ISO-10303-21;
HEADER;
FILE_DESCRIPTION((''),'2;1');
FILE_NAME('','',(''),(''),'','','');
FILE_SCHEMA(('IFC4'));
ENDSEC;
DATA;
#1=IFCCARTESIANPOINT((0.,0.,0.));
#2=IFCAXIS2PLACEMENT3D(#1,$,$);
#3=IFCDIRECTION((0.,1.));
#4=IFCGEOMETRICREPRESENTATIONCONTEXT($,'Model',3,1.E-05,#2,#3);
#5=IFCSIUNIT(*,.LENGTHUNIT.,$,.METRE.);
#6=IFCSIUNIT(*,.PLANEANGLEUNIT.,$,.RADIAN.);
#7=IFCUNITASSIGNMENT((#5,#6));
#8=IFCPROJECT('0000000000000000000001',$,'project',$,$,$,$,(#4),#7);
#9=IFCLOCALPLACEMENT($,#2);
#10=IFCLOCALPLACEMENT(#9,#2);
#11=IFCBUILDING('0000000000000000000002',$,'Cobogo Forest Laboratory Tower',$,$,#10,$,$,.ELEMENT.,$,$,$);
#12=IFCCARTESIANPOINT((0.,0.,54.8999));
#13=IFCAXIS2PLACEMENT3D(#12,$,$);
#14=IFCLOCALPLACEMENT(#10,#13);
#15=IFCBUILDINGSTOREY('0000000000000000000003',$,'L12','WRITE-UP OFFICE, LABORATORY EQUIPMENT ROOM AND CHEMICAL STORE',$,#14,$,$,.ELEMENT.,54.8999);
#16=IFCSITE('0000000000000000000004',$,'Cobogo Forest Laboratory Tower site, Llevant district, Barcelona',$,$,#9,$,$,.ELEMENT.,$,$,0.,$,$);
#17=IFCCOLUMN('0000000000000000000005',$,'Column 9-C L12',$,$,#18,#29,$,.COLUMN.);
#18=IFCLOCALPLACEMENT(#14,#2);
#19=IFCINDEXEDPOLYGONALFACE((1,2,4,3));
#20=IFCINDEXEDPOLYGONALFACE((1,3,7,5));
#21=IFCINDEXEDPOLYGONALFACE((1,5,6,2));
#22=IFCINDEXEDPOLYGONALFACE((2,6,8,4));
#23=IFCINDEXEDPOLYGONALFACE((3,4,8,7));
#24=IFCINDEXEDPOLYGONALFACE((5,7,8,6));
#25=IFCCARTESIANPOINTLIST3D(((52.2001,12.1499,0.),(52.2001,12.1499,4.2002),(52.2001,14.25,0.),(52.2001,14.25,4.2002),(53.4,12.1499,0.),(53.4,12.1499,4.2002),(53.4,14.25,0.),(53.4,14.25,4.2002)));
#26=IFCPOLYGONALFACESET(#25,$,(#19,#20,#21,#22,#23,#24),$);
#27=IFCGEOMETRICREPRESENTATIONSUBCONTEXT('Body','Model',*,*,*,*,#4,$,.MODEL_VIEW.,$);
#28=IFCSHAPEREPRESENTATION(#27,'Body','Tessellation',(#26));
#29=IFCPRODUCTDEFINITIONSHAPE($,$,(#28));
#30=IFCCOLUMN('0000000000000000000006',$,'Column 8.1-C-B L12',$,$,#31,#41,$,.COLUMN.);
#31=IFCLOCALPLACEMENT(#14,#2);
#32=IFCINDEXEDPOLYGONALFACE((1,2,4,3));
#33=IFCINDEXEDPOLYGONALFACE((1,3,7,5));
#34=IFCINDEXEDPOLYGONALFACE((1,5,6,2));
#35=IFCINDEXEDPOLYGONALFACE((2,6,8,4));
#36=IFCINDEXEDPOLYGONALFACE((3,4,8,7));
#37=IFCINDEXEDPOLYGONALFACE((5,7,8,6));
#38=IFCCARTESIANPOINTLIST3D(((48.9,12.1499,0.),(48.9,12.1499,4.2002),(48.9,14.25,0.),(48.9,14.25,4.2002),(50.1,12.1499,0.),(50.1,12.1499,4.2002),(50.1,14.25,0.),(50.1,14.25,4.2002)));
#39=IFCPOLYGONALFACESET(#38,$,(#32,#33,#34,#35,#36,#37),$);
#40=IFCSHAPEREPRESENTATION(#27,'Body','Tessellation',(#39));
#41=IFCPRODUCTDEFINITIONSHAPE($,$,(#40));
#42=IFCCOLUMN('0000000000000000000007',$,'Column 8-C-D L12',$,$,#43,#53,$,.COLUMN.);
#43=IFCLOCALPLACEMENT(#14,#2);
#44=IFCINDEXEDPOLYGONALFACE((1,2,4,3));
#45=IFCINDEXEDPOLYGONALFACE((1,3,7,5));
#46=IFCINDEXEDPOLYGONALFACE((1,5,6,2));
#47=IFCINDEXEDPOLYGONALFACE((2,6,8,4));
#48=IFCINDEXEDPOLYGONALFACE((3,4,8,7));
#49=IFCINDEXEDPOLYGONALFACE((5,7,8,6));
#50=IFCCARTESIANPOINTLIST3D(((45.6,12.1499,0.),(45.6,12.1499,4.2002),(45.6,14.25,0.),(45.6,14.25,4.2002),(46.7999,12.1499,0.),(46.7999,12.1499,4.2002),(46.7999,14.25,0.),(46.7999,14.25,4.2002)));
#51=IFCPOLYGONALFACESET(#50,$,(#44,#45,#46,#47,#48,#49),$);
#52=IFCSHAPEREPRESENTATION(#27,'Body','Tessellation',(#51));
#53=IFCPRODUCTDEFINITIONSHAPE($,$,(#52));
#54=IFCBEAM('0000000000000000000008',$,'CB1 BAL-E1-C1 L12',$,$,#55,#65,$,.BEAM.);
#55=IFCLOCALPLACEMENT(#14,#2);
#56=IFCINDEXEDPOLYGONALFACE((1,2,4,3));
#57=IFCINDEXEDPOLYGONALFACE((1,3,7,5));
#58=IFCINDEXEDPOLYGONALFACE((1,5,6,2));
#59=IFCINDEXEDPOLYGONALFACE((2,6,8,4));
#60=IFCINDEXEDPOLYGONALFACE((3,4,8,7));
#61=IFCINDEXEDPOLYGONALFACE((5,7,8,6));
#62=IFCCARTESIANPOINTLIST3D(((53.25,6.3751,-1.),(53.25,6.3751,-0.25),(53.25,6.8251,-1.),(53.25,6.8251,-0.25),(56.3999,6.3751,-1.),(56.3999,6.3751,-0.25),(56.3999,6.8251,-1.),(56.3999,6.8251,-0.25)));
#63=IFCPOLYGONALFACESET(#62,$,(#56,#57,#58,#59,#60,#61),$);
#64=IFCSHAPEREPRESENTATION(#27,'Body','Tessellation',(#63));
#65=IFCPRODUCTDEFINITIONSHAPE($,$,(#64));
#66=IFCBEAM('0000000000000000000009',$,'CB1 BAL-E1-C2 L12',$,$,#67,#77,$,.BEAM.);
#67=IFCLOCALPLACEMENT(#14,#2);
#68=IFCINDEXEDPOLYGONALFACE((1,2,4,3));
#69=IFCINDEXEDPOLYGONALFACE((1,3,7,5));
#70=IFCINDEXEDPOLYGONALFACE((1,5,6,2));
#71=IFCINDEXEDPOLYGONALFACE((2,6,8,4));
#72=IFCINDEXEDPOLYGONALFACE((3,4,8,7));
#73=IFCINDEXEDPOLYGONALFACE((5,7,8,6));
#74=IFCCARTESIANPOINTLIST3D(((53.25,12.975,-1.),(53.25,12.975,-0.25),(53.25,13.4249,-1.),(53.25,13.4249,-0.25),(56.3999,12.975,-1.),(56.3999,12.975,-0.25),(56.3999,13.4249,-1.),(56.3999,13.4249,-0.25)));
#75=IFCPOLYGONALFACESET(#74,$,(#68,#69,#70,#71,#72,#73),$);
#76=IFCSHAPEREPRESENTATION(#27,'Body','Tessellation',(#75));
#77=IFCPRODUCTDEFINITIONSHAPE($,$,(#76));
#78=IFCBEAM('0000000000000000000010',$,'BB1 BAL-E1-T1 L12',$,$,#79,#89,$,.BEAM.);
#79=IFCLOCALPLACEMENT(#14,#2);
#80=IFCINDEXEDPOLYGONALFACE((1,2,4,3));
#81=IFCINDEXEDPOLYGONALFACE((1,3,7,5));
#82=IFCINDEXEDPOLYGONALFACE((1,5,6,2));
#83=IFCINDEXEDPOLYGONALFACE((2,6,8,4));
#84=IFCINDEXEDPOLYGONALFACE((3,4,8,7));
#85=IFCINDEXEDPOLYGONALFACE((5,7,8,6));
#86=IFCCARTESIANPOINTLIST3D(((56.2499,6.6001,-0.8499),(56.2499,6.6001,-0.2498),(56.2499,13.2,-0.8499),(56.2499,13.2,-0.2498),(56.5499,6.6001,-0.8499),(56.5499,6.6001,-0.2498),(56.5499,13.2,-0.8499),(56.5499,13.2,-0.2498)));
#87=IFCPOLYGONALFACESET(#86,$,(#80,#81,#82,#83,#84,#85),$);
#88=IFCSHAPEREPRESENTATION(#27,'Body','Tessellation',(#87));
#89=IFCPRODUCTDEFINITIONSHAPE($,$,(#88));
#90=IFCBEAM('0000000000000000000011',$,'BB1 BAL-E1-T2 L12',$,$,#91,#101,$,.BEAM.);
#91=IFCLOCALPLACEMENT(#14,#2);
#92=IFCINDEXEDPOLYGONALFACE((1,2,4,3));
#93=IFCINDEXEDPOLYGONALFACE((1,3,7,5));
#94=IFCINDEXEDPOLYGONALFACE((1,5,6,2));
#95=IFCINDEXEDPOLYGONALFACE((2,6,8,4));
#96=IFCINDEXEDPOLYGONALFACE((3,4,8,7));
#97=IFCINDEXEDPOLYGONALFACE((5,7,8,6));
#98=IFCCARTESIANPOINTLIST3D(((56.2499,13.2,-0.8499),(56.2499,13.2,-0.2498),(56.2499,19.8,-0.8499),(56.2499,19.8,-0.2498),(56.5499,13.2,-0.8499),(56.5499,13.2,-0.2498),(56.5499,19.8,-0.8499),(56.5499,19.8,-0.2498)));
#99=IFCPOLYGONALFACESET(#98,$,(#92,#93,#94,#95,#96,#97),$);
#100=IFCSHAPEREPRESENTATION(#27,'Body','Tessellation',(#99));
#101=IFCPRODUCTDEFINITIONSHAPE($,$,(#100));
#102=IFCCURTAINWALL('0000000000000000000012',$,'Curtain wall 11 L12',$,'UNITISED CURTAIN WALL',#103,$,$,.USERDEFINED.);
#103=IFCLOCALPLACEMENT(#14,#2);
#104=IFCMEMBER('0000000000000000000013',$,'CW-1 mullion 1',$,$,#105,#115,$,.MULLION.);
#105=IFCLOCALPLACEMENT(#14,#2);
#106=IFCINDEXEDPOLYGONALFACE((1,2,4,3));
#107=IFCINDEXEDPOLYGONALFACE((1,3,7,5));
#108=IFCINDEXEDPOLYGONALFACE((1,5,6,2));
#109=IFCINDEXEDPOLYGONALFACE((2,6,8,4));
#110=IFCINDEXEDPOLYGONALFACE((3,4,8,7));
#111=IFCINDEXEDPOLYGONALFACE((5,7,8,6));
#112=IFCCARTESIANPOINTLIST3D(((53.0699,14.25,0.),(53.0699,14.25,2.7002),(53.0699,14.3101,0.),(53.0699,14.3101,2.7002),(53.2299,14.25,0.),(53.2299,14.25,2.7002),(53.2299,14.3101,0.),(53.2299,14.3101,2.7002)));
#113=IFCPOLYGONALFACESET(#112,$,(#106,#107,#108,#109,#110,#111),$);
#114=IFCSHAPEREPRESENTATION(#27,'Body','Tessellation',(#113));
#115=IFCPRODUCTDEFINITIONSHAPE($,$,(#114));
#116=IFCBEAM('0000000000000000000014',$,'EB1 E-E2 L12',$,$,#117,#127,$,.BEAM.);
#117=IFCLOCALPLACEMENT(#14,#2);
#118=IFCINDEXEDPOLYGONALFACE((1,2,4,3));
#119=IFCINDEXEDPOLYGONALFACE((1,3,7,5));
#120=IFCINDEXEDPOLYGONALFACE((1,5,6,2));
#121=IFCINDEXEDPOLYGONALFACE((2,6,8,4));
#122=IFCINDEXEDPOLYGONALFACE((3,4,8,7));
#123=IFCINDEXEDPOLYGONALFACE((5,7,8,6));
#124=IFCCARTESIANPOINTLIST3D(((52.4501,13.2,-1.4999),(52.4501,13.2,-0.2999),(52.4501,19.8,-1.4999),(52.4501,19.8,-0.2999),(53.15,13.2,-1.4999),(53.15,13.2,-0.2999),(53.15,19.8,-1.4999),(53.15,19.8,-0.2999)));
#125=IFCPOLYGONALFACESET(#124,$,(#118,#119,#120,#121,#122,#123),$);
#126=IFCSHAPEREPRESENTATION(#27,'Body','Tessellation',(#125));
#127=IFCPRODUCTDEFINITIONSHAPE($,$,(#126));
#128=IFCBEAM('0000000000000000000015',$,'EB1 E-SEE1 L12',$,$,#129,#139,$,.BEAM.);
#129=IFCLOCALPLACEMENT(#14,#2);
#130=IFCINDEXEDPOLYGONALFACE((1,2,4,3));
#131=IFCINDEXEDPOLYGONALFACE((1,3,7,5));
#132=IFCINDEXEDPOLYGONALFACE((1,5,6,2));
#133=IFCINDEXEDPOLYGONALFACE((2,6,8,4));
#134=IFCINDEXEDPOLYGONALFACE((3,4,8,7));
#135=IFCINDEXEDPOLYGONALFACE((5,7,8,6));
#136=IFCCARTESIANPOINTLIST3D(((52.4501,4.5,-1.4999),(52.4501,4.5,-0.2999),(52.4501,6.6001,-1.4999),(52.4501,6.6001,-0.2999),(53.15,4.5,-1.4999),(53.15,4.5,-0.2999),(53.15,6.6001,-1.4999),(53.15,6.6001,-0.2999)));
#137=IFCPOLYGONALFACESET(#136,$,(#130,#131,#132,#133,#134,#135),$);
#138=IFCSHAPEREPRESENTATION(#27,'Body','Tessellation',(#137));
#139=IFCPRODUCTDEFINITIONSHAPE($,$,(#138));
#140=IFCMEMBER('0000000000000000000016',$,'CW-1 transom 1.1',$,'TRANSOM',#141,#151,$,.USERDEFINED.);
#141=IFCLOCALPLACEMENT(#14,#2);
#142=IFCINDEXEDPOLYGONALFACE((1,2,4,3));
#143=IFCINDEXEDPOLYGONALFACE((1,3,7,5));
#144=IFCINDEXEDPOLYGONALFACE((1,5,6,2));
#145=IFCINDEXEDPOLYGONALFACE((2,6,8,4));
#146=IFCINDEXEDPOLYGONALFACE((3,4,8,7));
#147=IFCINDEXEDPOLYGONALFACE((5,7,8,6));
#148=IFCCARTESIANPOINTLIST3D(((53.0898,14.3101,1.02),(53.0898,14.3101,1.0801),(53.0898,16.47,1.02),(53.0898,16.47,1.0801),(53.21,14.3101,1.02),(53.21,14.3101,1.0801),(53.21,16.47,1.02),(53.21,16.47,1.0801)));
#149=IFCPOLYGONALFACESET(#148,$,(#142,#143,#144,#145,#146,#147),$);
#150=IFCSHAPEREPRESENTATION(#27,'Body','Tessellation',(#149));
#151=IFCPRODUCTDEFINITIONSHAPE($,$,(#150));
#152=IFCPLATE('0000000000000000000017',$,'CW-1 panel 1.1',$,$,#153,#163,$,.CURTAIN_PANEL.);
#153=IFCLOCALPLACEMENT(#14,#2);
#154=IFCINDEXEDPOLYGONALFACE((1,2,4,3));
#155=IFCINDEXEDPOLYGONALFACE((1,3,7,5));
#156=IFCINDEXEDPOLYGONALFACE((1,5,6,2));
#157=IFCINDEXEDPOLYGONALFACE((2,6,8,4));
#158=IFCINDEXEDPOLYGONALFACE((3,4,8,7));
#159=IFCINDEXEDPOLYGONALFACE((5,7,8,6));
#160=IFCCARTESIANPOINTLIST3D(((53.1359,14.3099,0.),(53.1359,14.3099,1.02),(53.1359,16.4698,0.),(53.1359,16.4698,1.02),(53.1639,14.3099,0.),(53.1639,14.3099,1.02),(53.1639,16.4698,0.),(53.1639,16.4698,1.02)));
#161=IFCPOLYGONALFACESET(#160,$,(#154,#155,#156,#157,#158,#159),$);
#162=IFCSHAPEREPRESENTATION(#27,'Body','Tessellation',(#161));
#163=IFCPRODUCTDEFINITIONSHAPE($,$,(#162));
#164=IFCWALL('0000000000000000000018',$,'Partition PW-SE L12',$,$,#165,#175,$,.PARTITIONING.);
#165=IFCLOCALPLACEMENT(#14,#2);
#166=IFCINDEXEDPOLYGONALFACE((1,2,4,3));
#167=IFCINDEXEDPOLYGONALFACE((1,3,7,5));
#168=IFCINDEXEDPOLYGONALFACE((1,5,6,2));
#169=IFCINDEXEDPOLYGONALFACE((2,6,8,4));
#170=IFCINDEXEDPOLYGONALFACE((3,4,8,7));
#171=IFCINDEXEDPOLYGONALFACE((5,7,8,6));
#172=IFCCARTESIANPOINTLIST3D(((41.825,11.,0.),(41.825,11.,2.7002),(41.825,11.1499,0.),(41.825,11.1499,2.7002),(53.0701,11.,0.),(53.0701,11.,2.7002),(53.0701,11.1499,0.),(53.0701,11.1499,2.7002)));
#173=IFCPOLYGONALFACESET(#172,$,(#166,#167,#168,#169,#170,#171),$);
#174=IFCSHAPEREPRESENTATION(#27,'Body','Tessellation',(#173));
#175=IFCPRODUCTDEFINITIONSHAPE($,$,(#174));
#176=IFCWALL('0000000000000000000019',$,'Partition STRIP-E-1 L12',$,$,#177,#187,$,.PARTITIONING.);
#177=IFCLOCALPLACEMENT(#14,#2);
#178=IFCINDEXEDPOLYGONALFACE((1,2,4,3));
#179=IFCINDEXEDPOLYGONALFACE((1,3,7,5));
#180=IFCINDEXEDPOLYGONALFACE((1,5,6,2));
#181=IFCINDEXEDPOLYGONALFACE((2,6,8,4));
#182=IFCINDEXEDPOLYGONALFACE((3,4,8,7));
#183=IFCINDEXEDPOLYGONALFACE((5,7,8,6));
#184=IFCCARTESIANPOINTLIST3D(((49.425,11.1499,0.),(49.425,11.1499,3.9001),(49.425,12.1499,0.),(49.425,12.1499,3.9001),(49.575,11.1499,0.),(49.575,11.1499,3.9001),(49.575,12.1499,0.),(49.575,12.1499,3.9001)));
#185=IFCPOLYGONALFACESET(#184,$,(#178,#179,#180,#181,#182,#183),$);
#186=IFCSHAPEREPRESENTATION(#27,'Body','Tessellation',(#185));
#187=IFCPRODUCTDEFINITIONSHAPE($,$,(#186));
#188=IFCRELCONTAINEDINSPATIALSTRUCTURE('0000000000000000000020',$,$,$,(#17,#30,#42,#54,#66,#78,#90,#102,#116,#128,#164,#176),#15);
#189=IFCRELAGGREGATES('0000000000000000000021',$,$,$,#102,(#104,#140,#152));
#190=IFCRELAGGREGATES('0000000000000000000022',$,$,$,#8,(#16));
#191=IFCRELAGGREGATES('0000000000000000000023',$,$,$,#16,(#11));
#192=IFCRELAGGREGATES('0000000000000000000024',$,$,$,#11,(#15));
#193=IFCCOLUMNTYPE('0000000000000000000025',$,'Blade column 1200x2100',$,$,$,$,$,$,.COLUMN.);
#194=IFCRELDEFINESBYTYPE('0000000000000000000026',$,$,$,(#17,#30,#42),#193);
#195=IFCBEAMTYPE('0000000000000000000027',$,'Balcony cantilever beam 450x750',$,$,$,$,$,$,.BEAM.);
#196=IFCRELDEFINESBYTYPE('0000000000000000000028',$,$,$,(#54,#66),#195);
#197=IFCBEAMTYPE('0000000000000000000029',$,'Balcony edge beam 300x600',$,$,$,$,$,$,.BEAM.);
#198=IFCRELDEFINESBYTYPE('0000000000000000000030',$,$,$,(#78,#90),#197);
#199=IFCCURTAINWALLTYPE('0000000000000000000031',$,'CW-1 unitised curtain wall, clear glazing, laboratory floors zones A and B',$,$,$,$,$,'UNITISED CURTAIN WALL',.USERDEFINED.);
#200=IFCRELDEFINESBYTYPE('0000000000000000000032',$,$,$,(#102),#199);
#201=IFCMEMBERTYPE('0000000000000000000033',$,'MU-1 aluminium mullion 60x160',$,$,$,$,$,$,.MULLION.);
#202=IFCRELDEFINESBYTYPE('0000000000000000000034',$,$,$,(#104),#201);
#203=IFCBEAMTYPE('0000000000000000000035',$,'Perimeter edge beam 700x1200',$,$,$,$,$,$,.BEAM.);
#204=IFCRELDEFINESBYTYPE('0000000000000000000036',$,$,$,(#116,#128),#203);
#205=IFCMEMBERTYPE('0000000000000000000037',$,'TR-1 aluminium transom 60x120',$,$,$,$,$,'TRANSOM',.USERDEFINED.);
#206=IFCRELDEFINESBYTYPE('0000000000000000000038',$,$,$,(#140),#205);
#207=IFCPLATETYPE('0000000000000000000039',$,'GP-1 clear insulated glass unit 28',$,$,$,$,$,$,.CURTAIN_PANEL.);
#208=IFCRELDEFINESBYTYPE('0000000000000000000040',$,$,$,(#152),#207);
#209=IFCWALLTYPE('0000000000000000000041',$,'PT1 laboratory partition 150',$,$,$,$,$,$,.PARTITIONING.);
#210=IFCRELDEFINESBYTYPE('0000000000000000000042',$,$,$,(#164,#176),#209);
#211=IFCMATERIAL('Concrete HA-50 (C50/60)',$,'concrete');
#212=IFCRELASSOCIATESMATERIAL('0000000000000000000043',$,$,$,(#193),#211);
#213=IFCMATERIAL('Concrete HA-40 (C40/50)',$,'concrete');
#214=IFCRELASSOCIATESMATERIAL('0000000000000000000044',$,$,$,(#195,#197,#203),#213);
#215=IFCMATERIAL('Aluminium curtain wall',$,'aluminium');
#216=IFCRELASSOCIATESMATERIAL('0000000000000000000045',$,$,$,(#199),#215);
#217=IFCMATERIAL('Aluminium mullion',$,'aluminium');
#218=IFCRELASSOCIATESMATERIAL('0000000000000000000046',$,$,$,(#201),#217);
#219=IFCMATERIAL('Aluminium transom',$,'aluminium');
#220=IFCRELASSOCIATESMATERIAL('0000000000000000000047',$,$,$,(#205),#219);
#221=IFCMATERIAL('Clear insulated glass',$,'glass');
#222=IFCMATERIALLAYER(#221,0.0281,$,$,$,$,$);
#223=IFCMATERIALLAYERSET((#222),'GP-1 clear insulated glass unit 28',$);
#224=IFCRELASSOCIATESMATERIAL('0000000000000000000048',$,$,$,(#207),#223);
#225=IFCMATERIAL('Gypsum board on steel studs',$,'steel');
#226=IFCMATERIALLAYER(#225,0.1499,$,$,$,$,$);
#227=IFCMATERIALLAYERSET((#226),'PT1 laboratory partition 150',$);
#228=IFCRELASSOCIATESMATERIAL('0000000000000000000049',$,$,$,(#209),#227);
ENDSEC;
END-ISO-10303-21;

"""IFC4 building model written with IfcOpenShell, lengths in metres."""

from ifc_helpers import new_model, si_unit, direction, frame, frame_2d, origin, origin_2d, place, context, subcontext, project, spatial, rectangle, extrude, material, layer, layer_set, material_profile, profile_set, type_object, element, aggregate, save


model = new_model("IFC4")

# Units and contexts
model_context = context("Model", 3, precision=1e-05, world=origin(), true_north=direction((0.0, 1.0)))
body_context = subcontext(model_context, "Body", "Model", "MODEL_VIEW")
ifc_project = project(units=[si_unit("LENGTHUNIT", "METRE"), si_unit("PLANEANGLEUNIT", "RADIAN")], contexts=[model_context])

# Site, building, storey
site_placement = place(None, origin())
site = spatial("IfcSite", under=ifc_project, at=site_placement, Name="Cobogo Forest Laboratory Tower site, Llevant district, Barcelona", CompositionType="ELEMENT", RefElevation=0.0)
building_placement = place(site_placement, origin())
building = spatial("IfcBuilding", under=site, at=building_placement, Name="Cobogo Forest Laboratory Tower", CompositionType="ELEMENT")
storey_placement = place(building_placement, frame((0.0, 0.0, 54.8999)))
storey = spatial("IfcBuildingStorey", under=building, at=storey_placement, Name="L12", Description="WRITE-UP OFFICE, LABORATORY EQUIPMENT ROOM AND CHEMICAL STORE", CompositionType="ELEMENT", Elevation=54.8999)

# Columns
ifc_material_1 = material(Name="Concrete HA-50 (C50/60)", Category="concrete")
ifc_material_profile_1 = material_profile(ifc_material_1, rectangle(XDim=2.1001, YDim=1.2, at=origin_2d()), Name="RC 1200x2100")
ifc_profile_set_1 = profile_set([ifc_material_profile_1], Name="Concrete HA-50 (C50/60)")
column_type = type_object("IfcColumnType", Name="Blade column 1200x2100", PredefinedType="COLUMN", material=ifc_profile_set_1)
for number, where, z_axis, x_axis, name in (
    (1, (52.8, 13.2, 0.0), (0.0, 0.0, 1.0), (0.0, 1.0, 0.0), "Column 9-C L12"),
    (2, (49.5, 13.2, 0.0), (0.0, 0.0, 1.0), (0.0, 1.0, 0.0), "Column 8.1-C-B L12"),
    (3, (46.2, 13.2, 0.0), (0.0, 0.0, 1.0), (0.0, 1.0, 0.0), "Column 8-C-D L12"),
):
    element("IfcColumn", number, at=place(storey_placement, frame(where, z_axis=z_axis, x_axis=x_axis)), inside=storey, type_object=column_type, Name=name, PredefinedType="COLUMN", context=body_context, shape_type="SweptSolid", body=[
        extrude(rectangle(XDim=2.1001, YDim=1.2, at=origin_2d()), origin(), (0.0, 0.0, 1.0), 4.2002),
    ])

# Beams
ifc_material_2 = material(Name="Concrete HA-40 (C40/50)", Category="concrete")
ifc_material_profile_2 = material_profile(ifc_material_2, rectangle(XDim=0.45, YDim=0.75, at=origin_2d()), Name="RC 450x750")
ifc_profile_set_2 = profile_set([ifc_material_profile_2], Name="Concrete HA-40 (C40/50)")
beam_type_1 = type_object("IfcBeamType", Name="Balcony cantilever beam 450x750", PredefinedType="BEAM", material=ifc_profile_set_2)
for number, where, z_axis, x_axis, name in (
    (4, (53.25, 6.6001, -0.625), (1.0, 0.0, 0.0), (0.0, 1.0, 0.0), "CB1 BAL-E1-C1 L12"),
    (5, (53.25, 13.2, -0.625), (1.0, 0.0, 0.0), (0.0, 1.0, 0.0), "CB1 BAL-E1-C2 L12"),
):
    element("IfcBeam", number, at=place(storey_placement, frame(where, z_axis=z_axis, x_axis=x_axis)), inside=storey, type_object=beam_type_1, Name=name, PredefinedType="BEAM", context=body_context, shape_type="SweptSolid", body=[
        extrude(rectangle(XDim=0.45, YDim=0.75, at=origin_2d()), origin(), (0.0, 0.0, 1.0), 3.1499),
    ])
ifc_material_profile_3 = material_profile(ifc_material_2, rectangle(XDim=0.3, YDim=0.6001, at=origin_2d()), Name="RC 300x600")
ifc_profile_set_3 = profile_set([ifc_material_profile_3], Name="Concrete HA-40 (C40/50)")
beam_type_2 = type_object("IfcBeamType", Name="Balcony edge beam 300x600", PredefinedType="BEAM", material=ifc_profile_set_3)
beam_1_placement = place(storey_placement, frame((56.3999, 6.6001, -0.5498), z_axis=(0.0, 1.0, 0.0), x_axis=(-1.0, 0.0, 0.0)))
element("IfcBeam", 6, at=beam_1_placement, inside=storey, type_object=beam_type_2, Name="BB1 BAL-E1-T1 L12", PredefinedType="BEAM", context=body_context, shape_type="SweptSolid", body=[
    extrude(rectangle(XDim=0.3, YDim=0.6001, at=origin_2d()), origin(), (0.0, 0.0, 1.0), 6.5999),
])
beam_2_placement = place(storey_placement, frame((56.3999, 13.2, -0.5498), z_axis=(0.0, 1.0, 0.0), x_axis=(-1.0, 0.0, 0.0)))
element("IfcBeam", 7, at=beam_2_placement, inside=storey, type_object=beam_type_2, Name="BB1 BAL-E1-T2 L12", PredefinedType="BEAM", context=body_context, shape_type="SweptSolid", body=[
    extrude(rectangle(XDim=0.3, YDim=0.6001, at=origin_2d()), origin(), (0.0, 0.0, 1.0), 6.6001),
])

# Curtain wall, member
ifc_material_3 = material(Name="Aluminium curtain wall", Category="aluminium")
curtain_wall_type = type_object("IfcCurtainWallType", Name="CW-1 unitised curtain wall, clear glazing, laboratory floors zones A and B", ElementType="UNITISED CURTAIN WALL", PredefinedType="USERDEFINED", material=ifc_material_3)
curtain_wall_placement = place(storey_placement, origin())
curtain_wall = element("IfcCurtainWall", 8, at=curtain_wall_placement, inside=storey, type_object=curtain_wall_type, Name="Curtain wall 11 L12", ObjectType="UNITISED CURTAIN WALL", PredefinedType="USERDEFINED")
ifc_material_4 = material(Name="Aluminium mullion", Category="aluminium")
ifc_material_profile_4 = material_profile(ifc_material_4, rectangle(XDim=0.0601, YDim=0.1599, at=origin_2d()), Name="AL 60x160")
ifc_profile_set_4 = profile_set([ifc_material_profile_4], Name="Aluminium mullion")
member_type_1 = type_object("IfcMemberType", Name="MU-1 aluminium mullion 60x160", PredefinedType="MULLION", material=ifc_profile_set_4)
member_1_placement = place(storey_placement, frame((53.1499, 14.28, 0.0), z_axis=(0.0, 0.0, 1.0), x_axis=(0.0, 1.0, 0.0)))
member_1 = element("IfcMember", 9, at=member_1_placement, type_object=member_type_1, Name="CW-1 mullion 1", PredefinedType="MULLION", context=body_context, shape_type="SweptSolid", body=[
    extrude(rectangle(XDim=0.0601, YDim=0.1599, at=origin_2d()), origin(), (0.0, 0.0, 1.0), 2.7002),
])

# Beams
ifc_material_profile_5 = material_profile(ifc_material_2, rectangle(XDim=0.7, YDim=1.2, at=origin_2d()), Name="RC 700x1200")
ifc_profile_set_5 = profile_set([ifc_material_profile_5], Name="Concrete HA-40 (C40/50)")
beam_type_3 = type_object("IfcBeamType", Name="Perimeter edge beam 700x1200", PredefinedType="BEAM", material=ifc_profile_set_5)
beam_3_placement = place(storey_placement, frame((52.8, 13.2, -0.8999), z_axis=(0.0, 1.0, 0.0), x_axis=(-1.0, 0.0, 0.0)))
element("IfcBeam", 10, at=beam_3_placement, inside=storey, type_object=beam_type_3, Name="EB1 E-E2 L12", PredefinedType="BEAM", context=body_context, shape_type="SweptSolid", body=[
    extrude(rectangle(XDim=0.7, YDim=1.2, at=origin_2d()), origin(), (0.0, 0.0, 1.0), 6.6001),
])
beam_4_placement = place(storey_placement, frame((52.8, 6.6001, -0.8999), z_axis=(0.0, -1.0, 0.0), x_axis=(1.0, 0.0, 0.0)))
element("IfcBeam", 11, at=beam_4_placement, inside=storey, type_object=beam_type_3, Name="EB1 E-SEE1 L12", PredefinedType="BEAM", context=body_context, shape_type="SweptSolid", body=[
    extrude(rectangle(XDim=0.7, YDim=1.2, at=origin_2d()), origin(), (0.0, 0.0, 1.0), 2.1001),
])

# Member
ifc_material_5 = material(Name="Aluminium transom", Category="aluminium")
ifc_material_profile_6 = material_profile(ifc_material_5, rectangle(XDim=0.1201, YDim=0.0601, at=origin_2d()), Name="AL 60x120")
ifc_profile_set_6 = profile_set([ifc_material_profile_6], Name="Aluminium transom")
member_type_2 = type_object("IfcMemberType", Name="TR-1 aluminium transom 60x120", ElementType="TRANSOM", PredefinedType="USERDEFINED", material=ifc_profile_set_6)
member_2_placement = place(storey_placement, frame((53.1499, 14.3101, 1.05), z_axis=(0.0, 1.0, 0.0), x_axis=(-1.0, 0.0, 0.0)))
member_2 = element("IfcMember", 12, at=member_2_placement, type_object=member_type_2, Name="CW-1 transom 1.1", ObjectType="TRANSOM", PredefinedType="USERDEFINED", context=body_context, shape_type="SweptSolid", body=[
    extrude(rectangle(XDim=0.1201, YDim=0.0601, at=origin_2d()), origin(), (0.0, 0.0, 1.0), 2.1599),
])

# Plate
ifc_material_6 = material(Name="Clear insulated glass", Category="glass")
ifc_layer_1 = layer(ifc_material_6, 0.0281)
ifc_layer_set_1 = layer_set([ifc_layer_1], Name="GP-1 clear insulated glass unit 28")
plate_type = type_object("IfcPlateType", Name="GP-1 clear insulated glass unit 28", PredefinedType="CURTAIN_PANEL", material=ifc_layer_set_1)
plate_placement = place(storey_placement, frame((53.1499, 15.3899, 0.0), z_axis=(0.0, 0.0, 1.0), x_axis=(0.0, 1.0, 0.0)))
plate = element("IfcPlate", 13, at=plate_placement, type_object=plate_type, Name="CW-1 panel 1.1", PredefinedType="CURTAIN_PANEL", context=body_context, shape_type="SweptSolid", body=[
    extrude(rectangle(XDim=2.1599, YDim=0.0281, at=origin_2d()), origin(), (0.0, 0.0, 1.0), 1.02),
])
aggregate(curtain_wall, [member_1, member_2, plate])

# Walls
ifc_material_7 = material(Name="Gypsum board on steel studs", Category="steel")
ifc_layer_2 = layer(ifc_material_7, 0.1499)
ifc_layer_set_2 = layer_set([ifc_layer_2], Name="PT1 laboratory partition 150")
wall_type_1 = type_object("IfcWallType", Name="PT1 laboratory partition 150", PredefinedType="PARTITIONING", material=ifc_layer_set_2)
wall_1_placement = place(storey_placement, frame((53.0701, 11.075, 0.0), z_axis=(0.0, 0.0, 1.0), x_axis=(-1.0, 0.0, 0.0)))
element("IfcWall", 14, at=wall_1_placement, inside=storey, type_object=wall_type_1, Name="Partition PW-SE L12", PredefinedType="PARTITIONING", context=body_context, shape_type="SweptSolid", body=[
    extrude(rectangle(XDim=11.2451, YDim=0.1499, at=frame_2d((5.6226, 0.0))), origin(), (0.0, 0.0, 1.0), 2.7002),
])
wall_2_placement = place(storey_placement, frame((49.5, 11.1499, 0.0), z_axis=(0.0, 0.0, 1.0), x_axis=(0.0, 1.0, 0.0)))
element("IfcWall", 15, at=wall_2_placement, inside=storey, type_object=wall_type_1, Name="Partition STRIP-E-1 L12", PredefinedType="PARTITIONING", context=body_context, shape_type="SweptSolid", body=[
    extrude(rectangle(XDim=1.0, YDim=0.1499, at=frame_2d((0.5, 0.0))), origin(), (0.0, 0.0, 1.0), 3.9001),
])

save(model, "model.ifc")
